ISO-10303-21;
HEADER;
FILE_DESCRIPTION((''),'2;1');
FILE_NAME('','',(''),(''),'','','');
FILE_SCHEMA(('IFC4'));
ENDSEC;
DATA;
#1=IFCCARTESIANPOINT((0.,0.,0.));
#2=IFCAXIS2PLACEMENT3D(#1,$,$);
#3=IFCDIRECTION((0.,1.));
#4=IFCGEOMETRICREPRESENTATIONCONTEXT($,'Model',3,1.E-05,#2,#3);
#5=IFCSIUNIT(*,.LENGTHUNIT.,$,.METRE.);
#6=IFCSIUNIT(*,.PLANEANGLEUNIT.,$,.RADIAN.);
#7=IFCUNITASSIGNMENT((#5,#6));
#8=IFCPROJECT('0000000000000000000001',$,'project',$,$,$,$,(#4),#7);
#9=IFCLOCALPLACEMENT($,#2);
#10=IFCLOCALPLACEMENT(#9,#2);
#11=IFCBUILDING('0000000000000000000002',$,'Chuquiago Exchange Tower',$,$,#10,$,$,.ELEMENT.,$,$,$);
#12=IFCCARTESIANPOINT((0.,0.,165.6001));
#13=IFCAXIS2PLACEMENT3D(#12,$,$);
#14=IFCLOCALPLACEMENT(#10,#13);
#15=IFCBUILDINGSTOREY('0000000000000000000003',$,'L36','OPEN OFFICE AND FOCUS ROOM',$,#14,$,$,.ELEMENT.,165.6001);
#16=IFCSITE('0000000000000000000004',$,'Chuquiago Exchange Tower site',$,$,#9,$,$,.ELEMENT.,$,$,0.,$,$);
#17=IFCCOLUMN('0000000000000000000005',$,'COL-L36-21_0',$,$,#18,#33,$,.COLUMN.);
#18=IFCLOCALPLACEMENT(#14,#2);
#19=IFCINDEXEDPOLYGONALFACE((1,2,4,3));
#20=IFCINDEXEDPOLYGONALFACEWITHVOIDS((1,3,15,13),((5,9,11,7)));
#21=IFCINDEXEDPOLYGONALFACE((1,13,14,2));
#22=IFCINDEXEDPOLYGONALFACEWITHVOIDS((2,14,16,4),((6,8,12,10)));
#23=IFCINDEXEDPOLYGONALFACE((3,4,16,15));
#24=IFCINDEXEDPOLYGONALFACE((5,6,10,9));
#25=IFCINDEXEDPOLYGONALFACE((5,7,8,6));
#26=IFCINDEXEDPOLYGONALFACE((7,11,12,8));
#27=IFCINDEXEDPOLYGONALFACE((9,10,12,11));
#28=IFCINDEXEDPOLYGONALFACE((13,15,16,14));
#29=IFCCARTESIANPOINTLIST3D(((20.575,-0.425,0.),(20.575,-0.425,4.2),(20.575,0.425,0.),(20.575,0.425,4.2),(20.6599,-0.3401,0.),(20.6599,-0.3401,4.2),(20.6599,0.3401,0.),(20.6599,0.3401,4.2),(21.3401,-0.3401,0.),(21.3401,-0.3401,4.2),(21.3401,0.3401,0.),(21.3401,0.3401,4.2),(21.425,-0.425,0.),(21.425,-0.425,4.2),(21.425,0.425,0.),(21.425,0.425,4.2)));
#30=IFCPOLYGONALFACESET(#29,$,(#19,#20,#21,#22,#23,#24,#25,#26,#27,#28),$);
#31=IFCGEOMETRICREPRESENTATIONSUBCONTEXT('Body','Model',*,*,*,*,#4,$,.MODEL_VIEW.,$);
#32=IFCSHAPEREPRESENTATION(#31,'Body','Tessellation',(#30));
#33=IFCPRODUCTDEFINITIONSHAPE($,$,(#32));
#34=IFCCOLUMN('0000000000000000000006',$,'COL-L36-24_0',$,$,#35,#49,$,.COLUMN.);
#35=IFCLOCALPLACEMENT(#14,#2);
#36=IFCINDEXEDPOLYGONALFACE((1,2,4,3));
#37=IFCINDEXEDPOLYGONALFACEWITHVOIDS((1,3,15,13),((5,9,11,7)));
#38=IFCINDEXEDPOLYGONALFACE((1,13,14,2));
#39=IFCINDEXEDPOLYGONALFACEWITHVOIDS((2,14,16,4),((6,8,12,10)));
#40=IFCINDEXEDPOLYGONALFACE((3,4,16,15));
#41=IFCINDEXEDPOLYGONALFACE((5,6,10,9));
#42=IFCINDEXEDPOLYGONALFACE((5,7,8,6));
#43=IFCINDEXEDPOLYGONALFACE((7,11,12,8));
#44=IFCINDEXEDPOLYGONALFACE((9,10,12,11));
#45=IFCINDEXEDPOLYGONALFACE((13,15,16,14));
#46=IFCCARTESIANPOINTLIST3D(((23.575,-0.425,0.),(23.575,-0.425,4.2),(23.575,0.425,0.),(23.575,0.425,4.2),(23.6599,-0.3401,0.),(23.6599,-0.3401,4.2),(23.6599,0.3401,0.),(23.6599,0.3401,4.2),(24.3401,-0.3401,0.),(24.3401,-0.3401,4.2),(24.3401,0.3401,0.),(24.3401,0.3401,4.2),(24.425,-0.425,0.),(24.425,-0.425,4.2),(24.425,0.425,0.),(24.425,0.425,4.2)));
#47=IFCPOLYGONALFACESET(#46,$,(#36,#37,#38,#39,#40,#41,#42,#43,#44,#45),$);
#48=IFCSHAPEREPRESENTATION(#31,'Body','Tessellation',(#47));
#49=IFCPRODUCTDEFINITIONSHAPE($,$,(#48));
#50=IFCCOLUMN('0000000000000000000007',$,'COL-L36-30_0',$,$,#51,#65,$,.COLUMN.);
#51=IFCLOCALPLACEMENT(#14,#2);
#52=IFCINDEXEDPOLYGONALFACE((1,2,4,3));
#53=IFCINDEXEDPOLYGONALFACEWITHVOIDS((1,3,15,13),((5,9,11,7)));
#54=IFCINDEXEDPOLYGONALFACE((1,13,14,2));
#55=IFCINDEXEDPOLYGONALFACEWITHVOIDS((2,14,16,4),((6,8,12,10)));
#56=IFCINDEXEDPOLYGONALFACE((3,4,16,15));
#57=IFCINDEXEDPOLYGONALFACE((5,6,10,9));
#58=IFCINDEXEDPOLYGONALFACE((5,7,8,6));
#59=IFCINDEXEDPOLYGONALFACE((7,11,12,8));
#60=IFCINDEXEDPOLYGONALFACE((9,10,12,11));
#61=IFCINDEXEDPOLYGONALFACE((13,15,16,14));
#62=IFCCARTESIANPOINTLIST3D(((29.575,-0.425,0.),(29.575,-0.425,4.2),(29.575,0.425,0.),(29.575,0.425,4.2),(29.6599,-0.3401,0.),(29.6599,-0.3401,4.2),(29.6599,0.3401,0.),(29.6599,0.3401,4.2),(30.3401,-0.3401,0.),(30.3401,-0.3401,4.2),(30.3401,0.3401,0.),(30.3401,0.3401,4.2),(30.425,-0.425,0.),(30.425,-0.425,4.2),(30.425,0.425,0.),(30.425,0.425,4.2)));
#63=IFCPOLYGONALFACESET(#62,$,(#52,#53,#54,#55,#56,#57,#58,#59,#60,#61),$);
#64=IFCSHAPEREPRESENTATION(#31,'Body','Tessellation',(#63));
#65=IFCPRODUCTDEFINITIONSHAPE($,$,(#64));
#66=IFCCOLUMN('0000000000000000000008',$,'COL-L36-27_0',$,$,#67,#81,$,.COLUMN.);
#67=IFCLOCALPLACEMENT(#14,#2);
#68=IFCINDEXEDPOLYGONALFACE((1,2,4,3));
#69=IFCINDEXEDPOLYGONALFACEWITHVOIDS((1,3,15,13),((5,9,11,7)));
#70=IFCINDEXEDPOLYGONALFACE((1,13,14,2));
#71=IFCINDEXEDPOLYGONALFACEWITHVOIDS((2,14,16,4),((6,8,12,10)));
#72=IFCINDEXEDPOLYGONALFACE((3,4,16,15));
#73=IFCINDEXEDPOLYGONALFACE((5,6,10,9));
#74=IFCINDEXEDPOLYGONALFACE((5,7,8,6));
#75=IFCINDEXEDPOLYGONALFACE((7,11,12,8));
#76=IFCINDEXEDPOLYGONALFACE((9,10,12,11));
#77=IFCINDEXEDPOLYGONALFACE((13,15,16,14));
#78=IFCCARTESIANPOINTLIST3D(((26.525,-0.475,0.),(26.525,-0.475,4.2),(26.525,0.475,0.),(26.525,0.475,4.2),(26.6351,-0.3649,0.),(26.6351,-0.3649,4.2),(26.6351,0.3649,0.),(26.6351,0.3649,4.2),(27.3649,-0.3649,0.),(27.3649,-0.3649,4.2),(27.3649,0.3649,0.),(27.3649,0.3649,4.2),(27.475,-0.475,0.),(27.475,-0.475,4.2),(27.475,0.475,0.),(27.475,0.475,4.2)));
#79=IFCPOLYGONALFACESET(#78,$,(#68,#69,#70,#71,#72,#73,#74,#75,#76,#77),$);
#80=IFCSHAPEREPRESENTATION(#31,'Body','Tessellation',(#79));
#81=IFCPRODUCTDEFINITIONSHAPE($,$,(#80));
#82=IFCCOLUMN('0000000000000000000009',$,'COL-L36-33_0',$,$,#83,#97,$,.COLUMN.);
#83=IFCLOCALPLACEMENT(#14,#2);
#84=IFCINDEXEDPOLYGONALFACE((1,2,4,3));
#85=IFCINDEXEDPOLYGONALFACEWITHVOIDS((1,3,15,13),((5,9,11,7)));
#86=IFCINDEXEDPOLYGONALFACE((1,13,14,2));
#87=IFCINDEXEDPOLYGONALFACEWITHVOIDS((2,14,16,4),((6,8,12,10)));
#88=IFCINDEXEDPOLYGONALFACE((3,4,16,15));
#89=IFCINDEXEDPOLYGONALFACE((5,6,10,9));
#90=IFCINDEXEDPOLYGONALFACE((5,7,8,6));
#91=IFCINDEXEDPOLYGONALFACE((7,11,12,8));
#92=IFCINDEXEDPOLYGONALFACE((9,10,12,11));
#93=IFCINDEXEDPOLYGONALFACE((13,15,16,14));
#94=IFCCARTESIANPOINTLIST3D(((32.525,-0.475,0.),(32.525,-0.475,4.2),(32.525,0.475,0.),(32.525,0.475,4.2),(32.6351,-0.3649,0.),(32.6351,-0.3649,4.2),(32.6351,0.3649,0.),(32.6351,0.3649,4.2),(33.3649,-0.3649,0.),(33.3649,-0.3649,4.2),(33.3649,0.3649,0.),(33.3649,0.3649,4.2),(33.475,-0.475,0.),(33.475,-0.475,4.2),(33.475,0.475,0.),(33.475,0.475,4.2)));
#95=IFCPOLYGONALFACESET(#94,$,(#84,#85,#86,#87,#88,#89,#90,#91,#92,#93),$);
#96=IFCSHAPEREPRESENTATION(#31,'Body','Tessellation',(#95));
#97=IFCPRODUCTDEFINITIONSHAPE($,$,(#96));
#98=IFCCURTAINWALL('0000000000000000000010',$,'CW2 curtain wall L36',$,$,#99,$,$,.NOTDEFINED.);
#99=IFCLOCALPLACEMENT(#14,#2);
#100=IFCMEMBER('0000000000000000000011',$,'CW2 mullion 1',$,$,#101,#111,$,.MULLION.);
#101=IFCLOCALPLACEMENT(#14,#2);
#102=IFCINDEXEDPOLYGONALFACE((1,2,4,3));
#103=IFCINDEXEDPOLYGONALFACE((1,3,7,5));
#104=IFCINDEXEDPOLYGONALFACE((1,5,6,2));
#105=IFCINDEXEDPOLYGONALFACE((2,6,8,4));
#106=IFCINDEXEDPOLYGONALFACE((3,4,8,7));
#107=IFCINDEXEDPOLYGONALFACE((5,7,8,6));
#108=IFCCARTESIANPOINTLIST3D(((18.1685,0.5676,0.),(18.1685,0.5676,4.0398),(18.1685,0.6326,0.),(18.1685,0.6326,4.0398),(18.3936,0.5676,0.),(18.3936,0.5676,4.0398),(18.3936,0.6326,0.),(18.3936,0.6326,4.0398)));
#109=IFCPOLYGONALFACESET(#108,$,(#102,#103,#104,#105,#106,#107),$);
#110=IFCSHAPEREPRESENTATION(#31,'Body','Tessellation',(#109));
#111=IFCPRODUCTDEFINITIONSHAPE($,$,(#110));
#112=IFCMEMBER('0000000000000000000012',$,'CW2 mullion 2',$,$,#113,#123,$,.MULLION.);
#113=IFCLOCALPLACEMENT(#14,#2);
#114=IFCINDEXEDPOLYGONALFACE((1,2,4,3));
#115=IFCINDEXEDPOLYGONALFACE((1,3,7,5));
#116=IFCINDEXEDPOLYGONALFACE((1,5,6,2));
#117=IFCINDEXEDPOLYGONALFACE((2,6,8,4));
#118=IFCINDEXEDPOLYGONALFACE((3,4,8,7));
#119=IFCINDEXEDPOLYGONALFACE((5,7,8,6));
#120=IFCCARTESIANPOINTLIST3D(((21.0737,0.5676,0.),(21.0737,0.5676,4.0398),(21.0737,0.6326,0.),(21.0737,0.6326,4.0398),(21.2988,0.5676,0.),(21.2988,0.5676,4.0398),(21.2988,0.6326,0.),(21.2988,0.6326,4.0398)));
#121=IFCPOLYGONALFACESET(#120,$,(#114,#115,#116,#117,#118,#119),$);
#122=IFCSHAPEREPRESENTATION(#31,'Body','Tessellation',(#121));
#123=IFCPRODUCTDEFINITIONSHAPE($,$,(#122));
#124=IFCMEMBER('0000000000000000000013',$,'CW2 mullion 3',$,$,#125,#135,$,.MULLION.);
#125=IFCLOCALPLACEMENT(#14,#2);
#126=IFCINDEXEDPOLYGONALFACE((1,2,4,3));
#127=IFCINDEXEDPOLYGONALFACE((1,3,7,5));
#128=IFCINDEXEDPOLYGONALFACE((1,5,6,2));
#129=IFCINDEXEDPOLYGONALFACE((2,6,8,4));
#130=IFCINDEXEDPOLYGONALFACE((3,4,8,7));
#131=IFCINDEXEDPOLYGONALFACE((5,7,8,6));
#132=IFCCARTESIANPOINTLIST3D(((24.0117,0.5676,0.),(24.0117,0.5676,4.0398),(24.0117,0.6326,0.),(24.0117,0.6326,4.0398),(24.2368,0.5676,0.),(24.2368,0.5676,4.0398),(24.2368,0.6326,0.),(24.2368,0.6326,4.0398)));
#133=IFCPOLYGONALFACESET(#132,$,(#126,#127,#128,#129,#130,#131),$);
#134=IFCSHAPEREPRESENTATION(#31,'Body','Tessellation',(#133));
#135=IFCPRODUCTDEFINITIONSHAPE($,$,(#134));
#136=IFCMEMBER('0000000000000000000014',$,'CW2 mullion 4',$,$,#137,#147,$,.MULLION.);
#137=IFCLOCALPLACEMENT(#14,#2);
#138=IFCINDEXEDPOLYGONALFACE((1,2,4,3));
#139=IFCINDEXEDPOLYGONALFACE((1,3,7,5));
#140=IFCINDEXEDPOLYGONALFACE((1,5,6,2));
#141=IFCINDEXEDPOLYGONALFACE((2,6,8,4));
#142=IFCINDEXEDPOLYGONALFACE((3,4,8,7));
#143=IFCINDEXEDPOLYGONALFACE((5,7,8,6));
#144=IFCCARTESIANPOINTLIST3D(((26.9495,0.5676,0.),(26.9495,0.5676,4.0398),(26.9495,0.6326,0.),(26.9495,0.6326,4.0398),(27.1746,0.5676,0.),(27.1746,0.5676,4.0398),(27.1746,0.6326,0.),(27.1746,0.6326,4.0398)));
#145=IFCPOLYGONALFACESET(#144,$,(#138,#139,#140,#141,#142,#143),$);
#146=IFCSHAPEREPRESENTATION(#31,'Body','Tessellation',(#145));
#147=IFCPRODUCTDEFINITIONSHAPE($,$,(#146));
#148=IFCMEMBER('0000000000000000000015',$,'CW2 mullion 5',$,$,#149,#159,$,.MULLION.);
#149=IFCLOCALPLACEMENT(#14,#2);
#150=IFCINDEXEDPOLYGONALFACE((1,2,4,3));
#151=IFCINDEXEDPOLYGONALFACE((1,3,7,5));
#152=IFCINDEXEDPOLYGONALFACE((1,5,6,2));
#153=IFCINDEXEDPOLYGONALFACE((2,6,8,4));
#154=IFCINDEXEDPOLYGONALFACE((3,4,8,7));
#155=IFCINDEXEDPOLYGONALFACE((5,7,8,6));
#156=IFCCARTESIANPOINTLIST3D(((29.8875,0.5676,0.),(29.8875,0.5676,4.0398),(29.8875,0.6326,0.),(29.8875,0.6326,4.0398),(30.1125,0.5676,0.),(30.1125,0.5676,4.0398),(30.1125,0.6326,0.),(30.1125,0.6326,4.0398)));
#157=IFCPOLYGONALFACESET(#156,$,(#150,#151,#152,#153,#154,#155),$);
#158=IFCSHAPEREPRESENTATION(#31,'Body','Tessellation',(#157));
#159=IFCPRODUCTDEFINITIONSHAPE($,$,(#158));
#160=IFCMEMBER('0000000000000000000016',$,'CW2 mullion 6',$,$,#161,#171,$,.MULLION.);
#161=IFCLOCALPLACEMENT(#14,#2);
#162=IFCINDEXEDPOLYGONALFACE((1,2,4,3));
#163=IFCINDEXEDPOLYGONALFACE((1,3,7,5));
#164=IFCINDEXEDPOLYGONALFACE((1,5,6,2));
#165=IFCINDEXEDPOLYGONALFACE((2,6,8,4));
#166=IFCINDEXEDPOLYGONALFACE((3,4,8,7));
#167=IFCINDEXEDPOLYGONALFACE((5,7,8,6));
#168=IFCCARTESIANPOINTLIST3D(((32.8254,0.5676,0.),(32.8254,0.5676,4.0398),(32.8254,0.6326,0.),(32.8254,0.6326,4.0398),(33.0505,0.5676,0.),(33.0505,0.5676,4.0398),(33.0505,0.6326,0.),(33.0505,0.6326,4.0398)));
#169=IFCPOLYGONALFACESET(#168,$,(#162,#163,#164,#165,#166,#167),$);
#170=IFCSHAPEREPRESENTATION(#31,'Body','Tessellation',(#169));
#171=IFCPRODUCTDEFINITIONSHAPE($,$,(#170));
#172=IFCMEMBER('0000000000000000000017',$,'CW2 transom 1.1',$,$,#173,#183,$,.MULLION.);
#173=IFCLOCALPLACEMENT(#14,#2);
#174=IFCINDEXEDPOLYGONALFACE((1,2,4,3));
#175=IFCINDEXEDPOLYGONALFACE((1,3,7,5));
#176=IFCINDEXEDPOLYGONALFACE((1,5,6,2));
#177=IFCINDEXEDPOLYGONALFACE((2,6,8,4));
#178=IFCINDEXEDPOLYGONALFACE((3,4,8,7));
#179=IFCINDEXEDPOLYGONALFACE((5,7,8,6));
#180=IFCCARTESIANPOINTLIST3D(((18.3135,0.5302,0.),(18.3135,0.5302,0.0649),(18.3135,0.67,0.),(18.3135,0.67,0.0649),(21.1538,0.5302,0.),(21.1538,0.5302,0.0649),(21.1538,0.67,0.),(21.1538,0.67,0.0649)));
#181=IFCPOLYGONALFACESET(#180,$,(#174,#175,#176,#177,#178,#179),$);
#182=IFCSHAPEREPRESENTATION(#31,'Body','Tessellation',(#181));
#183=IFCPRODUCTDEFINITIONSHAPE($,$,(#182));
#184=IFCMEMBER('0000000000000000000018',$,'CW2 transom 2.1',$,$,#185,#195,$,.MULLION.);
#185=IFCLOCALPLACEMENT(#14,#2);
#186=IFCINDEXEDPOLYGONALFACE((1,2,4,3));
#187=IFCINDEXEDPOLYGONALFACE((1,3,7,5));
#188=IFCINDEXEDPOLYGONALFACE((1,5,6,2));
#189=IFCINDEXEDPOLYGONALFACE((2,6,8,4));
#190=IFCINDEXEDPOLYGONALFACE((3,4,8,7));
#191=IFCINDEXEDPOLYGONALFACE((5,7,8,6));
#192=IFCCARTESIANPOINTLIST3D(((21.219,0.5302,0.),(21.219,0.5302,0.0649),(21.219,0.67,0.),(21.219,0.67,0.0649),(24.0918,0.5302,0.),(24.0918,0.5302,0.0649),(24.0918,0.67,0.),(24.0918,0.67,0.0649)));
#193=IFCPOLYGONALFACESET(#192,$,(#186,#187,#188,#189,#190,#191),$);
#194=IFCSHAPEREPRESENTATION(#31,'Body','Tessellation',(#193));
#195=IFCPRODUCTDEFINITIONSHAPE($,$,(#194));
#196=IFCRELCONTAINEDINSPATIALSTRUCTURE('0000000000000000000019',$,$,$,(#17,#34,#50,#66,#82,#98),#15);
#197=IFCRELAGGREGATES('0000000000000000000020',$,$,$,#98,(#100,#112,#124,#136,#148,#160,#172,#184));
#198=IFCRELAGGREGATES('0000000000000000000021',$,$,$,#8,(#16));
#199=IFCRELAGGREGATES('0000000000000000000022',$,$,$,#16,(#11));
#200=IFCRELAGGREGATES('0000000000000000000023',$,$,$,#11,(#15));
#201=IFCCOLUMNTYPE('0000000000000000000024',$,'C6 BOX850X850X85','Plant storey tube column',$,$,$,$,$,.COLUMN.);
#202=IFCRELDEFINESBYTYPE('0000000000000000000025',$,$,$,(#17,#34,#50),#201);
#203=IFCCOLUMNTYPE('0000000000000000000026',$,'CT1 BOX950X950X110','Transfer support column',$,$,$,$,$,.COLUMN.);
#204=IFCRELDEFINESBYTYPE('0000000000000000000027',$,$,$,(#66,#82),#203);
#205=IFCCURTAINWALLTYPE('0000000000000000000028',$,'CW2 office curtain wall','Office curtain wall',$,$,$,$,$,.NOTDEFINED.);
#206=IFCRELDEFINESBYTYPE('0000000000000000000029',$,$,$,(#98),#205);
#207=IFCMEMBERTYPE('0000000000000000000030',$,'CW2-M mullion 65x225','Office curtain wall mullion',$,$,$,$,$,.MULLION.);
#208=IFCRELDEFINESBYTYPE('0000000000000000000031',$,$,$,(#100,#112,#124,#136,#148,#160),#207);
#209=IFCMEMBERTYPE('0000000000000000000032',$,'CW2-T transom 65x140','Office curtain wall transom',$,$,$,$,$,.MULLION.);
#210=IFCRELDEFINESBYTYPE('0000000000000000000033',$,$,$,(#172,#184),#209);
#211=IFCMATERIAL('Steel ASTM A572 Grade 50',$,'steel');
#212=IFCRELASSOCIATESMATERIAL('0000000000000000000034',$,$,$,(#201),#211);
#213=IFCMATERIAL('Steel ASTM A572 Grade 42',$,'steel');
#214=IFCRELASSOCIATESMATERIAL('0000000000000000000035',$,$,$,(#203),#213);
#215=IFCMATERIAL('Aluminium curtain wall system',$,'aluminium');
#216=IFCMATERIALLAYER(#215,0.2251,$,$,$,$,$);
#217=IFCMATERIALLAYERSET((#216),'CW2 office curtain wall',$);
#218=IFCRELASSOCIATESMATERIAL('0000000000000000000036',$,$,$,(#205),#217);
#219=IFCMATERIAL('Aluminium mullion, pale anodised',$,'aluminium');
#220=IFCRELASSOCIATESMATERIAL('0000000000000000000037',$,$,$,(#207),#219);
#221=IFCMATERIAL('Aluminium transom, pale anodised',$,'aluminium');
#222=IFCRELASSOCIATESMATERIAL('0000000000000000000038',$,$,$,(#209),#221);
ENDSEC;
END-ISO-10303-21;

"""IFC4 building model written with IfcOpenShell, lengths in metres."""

from ifc_helpers import new_model, si_unit, direction, frame, origin, origin_2d, place, context, subcontext, project, spatial, rectangle, hollow_rectangle, extrude, material, layer, layer_set, material_profile, profile_set, type_object, element, aggregate, save


model = new_model("IFC4")

# Units and contexts
model_context = context("Model", 3, precision=1e-05, world=origin(), true_north=direction((0.0, 1.0)))
body_context = subcontext(model_context, "Body", "Model", "MODEL_VIEW")
ifc_project = project(units=[si_unit("LENGTHUNIT", "METRE"), si_unit("PLANEANGLEUNIT", "RADIAN")], contexts=[model_context])

# Site, building, storey
site_placement = place(None, origin())
site = spatial("IfcSite", under=ifc_project, at=site_placement, Name="Chuquiago Exchange Tower site", CompositionType="ELEMENT", RefElevation=0.0)
building_placement = place(site_placement, origin())
building = spatial("IfcBuilding", under=site, at=building_placement, Name="Chuquiago Exchange Tower", CompositionType="ELEMENT")
storey_placement = place(building_placement, frame((0.0, 0.0, 165.6001)))
storey = spatial("IfcBuildingStorey", under=building, at=storey_placement, Name="L36", Description="OPEN OFFICE AND FOCUS ROOM", CompositionType="ELEMENT", Elevation=165.6001)

# Columns
ifc_material_1 = material(Name="Steel ASTM A572 Grade 50", Category="steel")
ifc_material_profile_1 = material_profile(ifc_material_1, hollow_rectangle(XDim=0.8501, YDim=0.8501, WallThickness=0.085, at=origin_2d()), Name="BOX850X850X85")
ifc_profile_set_1 = profile_set([ifc_material_profile_1], Name="Steel ASTM A572 Grade 50")
column_type_1 = type_object("IfcColumnType", Name="C6 BOX850X850X85", Description="Plant storey tube column", PredefinedType="COLUMN", material=ifc_profile_set_1)
for number, where, z_axis, x_axis, name in (
    (1, (21.0, 0.0, 0.0), (0.0, 0.0, 1.0), (0.0, -1.0, 0.0), "COL-L36-21_0"),
    (2, (24.0, 0.0, 0.0), (0.0, 0.0, 1.0), (0.0, -1.0, 0.0), "COL-L36-24_0"),
    (3, (30.0, 0.0, 0.0), (0.0, 0.0, 1.0), (0.0, -1.0, 0.0), "COL-L36-30_0"),
):
    element("IfcColumn", number, at=place(storey_placement, frame(where, z_axis=z_axis, x_axis=x_axis)), inside=storey, type_object=column_type_1, Name=name, PredefinedType="COLUMN", context=body_context, shape_type="SweptSolid", body=[
        extrude(hollow_rectangle(XDim=0.8501, YDim=0.8501, WallThickness=0.085, at=origin_2d()), origin(), (0.0, 0.0, 1.0), 4.2),
    ])
ifc_material_2 = material(Name="Steel ASTM A572 Grade 42", Category="steel")
ifc_material_profile_2 = material_profile(ifc_material_2, hollow_rectangle(XDim=0.95, YDim=0.95, WallThickness=0.1101, at=origin_2d()), Name="BOX950X950X110")
ifc_profile_set_2 = profile_set([ifc_material_profile_2], Name="Steel ASTM A572 Grade 42")
column_type_2 = type_object("IfcColumnType", Name="CT1 BOX950X950X110", Description="Transfer support column", PredefinedType="COLUMN", material=ifc_profile_set_2)
for number, where, z_axis, x_axis, name in (
    (4, (27.0, 0.0, 0.0), (0.0, 0.0, 1.0), (0.0, -1.0, 0.0), "COL-L36-27_0"),
    (5, (33.0, 0.0, 0.0), (0.0, 0.0, 1.0), (0.0, -1.0, 0.0), "COL-L36-33_0"),
):
    element("IfcColumn", number, at=place(storey_placement, frame(where, z_axis=z_axis, x_axis=x_axis)), inside=storey, type_object=column_type_2, Name=name, PredefinedType="COLUMN", context=body_context, shape_type="SweptSolid", body=[
        extrude(hollow_rectangle(XDim=0.95, YDim=0.95, WallThickness=0.1101, at=origin_2d()), origin(), (0.0, 0.0, 1.0), 4.2),
    ])

# Curtain wall, members
ifc_material_3 = material(Name="Aluminium curtain wall system", Category="aluminium")
ifc_layer_1 = layer(ifc_material_3, 0.2251)
ifc_layer_set_1 = layer_set([ifc_layer_1], Name="CW2 office curtain wall")
curtain_wall_type_1 = type_object("IfcCurtainWallType", Name="CW2 office curtain wall", Description="Office curtain wall", PredefinedType="NOTDEFINED", material=ifc_layer_set_1)
curtain_wall_1_placement = place(storey_placement, origin())
curtain_wall_1 = element("IfcCurtainWall", 6, at=curtain_wall_1_placement, inside=storey, type_object=curtain_wall_type_1, Name="CW2 curtain wall L36", PredefinedType="NOTDEFINED")
ifc_material_4 = material(Name="Aluminium mullion, pale anodised", Category="aluminium")
ifc_material_profile_3 = material_profile(ifc_material_4, rectangle(XDim=0.0649, YDim=0.2251, at=origin_2d()), Name="AL 65x225")
ifc_profile_set_3 = profile_set([ifc_material_profile_3], Name="Aluminium mullion, pale anodised")
member_type_1 = type_object("IfcMemberType", Name="CW2-M mullion 65x225", Description="Office curtain wall mullion", PredefinedType="MULLION", material=ifc_profile_set_3)
member_1_placement = place(storey_placement, frame((18.281, 0.6001, 0.0), z_axis=(0.0, 0.0, 1.0), x_axis=(0.0, 1.0, 0.0)))
member_1 = element("IfcMember", 7, at=member_1_placement, type_object=member_type_1, Name="CW2 mullion 1", PredefinedType="MULLION", context=body_context, shape_type="SweptSolid", body=[
    extrude(rectangle(XDim=0.0649, YDim=0.2251, at=origin_2d()), origin(), (0.0, 0.0, 1.0), 4.0398),
])
member_2_placement = place(storey_placement, frame((21.1863, 0.6001, 0.0), z_axis=(0.0, 0.0, 1.0), x_axis=(0.0, 1.0, 0.0)))
member_2 = element("IfcMember", 8, at=member_2_placement, type_object=member_type_1, Name="CW2 mullion 2", PredefinedType="MULLION", context=body_context, shape_type="SweptSolid", body=[
    extrude(rectangle(XDim=0.0649, YDim=0.2251, at=origin_2d()), origin(), (0.0, 0.0, 1.0), 4.0398),
])
member_3_placement = place(storey_placement, frame((24.1243, 0.6001, 0.0), z_axis=(0.0, 0.0, 1.0), x_axis=(0.0, 1.0, 0.0)))
member_3 = element("IfcMember", 9, at=member_3_placement, type_object=member_type_1, Name="CW2 mullion 3", PredefinedType="MULLION", context=body_context, shape_type="SweptSolid", body=[
    extrude(rectangle(XDim=0.0649, YDim=0.2251, at=origin_2d()), origin(), (0.0, 0.0, 1.0), 4.0398),
])
member_4_placement = place(storey_placement, frame((27.062, 0.6001, 0.0), z_axis=(0.0, 0.0, 1.0), x_axis=(0.0, 1.0, 0.0)))
member_4 = element("IfcMember", 10, at=member_4_placement, type_object=member_type_1, Name="CW2 mullion 4", PredefinedType="MULLION", context=body_context, shape_type="SweptSolid", body=[
    extrude(rectangle(XDim=0.0649, YDim=0.2251, at=origin_2d()), origin(), (0.0, 0.0, 1.0), 4.0398),
])
member_5_placement = place(storey_placement, frame((30.0, 0.6001, 0.0), z_axis=(0.0, 0.0, 1.0), x_axis=(0.0, 1.0, 0.0)))
member_5 = element("IfcMember", 11, at=member_5_placement, type_object=member_type_1, Name="CW2 mullion 5", PredefinedType="MULLION", context=body_context, shape_type="SweptSolid", body=[
    extrude(rectangle(XDim=0.0649, YDim=0.2251, at=origin_2d()), origin(), (0.0, 0.0, 1.0), 4.0398),
])
member_6_placement = place(storey_placement, frame((32.938, 0.6001, 0.0), z_axis=(0.0, 0.0, 1.0), x_axis=(0.0, 1.0, 0.0)))
member_6 = element("IfcMember", 12, at=member_6_placement, type_object=member_type_1, Name="CW2 mullion 6", PredefinedType="MULLION", context=body_context, shape_type="SweptSolid", body=[
    extrude(rectangle(XDim=0.0649, YDim=0.2251, at=origin_2d()), origin(), (0.0, 0.0, 1.0), 4.0398),
])
ifc_material_5 = material(Name="Aluminium transom, pale anodised", Category="aluminium")
ifc_material_profile_4 = material_profile(ifc_material_5, rectangle(XDim=0.1399, YDim=0.0649, at=origin_2d()), Name="AL 140x65")
ifc_profile_set_4 = profile_set([ifc_material_profile_4], Name="Aluminium transom, pale anodised")
member_type_2 = type_object("IfcMemberType", Name="CW2-T transom 65x140", Description="Office curtain wall transom", PredefinedType="MULLION", material=ifc_profile_set_4)
member_7_placement = place(storey_placement, frame((18.3135, 0.6001, 0.0325), z_axis=(1.0, 0.0, 0.0), x_axis=(0.0, 1.0, 0.0)))
member_7 = element("IfcMember", 13, at=member_7_placement, type_object=member_type_2, Name="CW2 transom 1.1", PredefinedType="MULLION", context=body_context, shape_type="SweptSolid", body=[
    extrude(rectangle(XDim=0.1399, YDim=0.0649, at=origin_2d()), origin(), (0.0, 0.0, 1.0), 2.8403),
])
member_8_placement = place(storey_placement, frame((21.219, 0.6001, 0.0325), z_axis=(1.0, 0.0, 0.0), x_axis=(0.0, 1.0, 0.0)))
member_8 = element("IfcMember", 14, at=member_8_placement, type_object=member_type_2, Name="CW2 transom 2.1", PredefinedType="MULLION", context=body_context, shape_type="SweptSolid", body=[
    extrude(rectangle(XDim=0.1399, YDim=0.0649, at=origin_2d()), origin(), (0.0, 0.0, 1.0), 2.8728),
])

aggregate(curtain_wall_1, [member_1, member_2, member_3, member_4, member_5, member_6, member_7, member_8])

save(model, "model.ifc")
